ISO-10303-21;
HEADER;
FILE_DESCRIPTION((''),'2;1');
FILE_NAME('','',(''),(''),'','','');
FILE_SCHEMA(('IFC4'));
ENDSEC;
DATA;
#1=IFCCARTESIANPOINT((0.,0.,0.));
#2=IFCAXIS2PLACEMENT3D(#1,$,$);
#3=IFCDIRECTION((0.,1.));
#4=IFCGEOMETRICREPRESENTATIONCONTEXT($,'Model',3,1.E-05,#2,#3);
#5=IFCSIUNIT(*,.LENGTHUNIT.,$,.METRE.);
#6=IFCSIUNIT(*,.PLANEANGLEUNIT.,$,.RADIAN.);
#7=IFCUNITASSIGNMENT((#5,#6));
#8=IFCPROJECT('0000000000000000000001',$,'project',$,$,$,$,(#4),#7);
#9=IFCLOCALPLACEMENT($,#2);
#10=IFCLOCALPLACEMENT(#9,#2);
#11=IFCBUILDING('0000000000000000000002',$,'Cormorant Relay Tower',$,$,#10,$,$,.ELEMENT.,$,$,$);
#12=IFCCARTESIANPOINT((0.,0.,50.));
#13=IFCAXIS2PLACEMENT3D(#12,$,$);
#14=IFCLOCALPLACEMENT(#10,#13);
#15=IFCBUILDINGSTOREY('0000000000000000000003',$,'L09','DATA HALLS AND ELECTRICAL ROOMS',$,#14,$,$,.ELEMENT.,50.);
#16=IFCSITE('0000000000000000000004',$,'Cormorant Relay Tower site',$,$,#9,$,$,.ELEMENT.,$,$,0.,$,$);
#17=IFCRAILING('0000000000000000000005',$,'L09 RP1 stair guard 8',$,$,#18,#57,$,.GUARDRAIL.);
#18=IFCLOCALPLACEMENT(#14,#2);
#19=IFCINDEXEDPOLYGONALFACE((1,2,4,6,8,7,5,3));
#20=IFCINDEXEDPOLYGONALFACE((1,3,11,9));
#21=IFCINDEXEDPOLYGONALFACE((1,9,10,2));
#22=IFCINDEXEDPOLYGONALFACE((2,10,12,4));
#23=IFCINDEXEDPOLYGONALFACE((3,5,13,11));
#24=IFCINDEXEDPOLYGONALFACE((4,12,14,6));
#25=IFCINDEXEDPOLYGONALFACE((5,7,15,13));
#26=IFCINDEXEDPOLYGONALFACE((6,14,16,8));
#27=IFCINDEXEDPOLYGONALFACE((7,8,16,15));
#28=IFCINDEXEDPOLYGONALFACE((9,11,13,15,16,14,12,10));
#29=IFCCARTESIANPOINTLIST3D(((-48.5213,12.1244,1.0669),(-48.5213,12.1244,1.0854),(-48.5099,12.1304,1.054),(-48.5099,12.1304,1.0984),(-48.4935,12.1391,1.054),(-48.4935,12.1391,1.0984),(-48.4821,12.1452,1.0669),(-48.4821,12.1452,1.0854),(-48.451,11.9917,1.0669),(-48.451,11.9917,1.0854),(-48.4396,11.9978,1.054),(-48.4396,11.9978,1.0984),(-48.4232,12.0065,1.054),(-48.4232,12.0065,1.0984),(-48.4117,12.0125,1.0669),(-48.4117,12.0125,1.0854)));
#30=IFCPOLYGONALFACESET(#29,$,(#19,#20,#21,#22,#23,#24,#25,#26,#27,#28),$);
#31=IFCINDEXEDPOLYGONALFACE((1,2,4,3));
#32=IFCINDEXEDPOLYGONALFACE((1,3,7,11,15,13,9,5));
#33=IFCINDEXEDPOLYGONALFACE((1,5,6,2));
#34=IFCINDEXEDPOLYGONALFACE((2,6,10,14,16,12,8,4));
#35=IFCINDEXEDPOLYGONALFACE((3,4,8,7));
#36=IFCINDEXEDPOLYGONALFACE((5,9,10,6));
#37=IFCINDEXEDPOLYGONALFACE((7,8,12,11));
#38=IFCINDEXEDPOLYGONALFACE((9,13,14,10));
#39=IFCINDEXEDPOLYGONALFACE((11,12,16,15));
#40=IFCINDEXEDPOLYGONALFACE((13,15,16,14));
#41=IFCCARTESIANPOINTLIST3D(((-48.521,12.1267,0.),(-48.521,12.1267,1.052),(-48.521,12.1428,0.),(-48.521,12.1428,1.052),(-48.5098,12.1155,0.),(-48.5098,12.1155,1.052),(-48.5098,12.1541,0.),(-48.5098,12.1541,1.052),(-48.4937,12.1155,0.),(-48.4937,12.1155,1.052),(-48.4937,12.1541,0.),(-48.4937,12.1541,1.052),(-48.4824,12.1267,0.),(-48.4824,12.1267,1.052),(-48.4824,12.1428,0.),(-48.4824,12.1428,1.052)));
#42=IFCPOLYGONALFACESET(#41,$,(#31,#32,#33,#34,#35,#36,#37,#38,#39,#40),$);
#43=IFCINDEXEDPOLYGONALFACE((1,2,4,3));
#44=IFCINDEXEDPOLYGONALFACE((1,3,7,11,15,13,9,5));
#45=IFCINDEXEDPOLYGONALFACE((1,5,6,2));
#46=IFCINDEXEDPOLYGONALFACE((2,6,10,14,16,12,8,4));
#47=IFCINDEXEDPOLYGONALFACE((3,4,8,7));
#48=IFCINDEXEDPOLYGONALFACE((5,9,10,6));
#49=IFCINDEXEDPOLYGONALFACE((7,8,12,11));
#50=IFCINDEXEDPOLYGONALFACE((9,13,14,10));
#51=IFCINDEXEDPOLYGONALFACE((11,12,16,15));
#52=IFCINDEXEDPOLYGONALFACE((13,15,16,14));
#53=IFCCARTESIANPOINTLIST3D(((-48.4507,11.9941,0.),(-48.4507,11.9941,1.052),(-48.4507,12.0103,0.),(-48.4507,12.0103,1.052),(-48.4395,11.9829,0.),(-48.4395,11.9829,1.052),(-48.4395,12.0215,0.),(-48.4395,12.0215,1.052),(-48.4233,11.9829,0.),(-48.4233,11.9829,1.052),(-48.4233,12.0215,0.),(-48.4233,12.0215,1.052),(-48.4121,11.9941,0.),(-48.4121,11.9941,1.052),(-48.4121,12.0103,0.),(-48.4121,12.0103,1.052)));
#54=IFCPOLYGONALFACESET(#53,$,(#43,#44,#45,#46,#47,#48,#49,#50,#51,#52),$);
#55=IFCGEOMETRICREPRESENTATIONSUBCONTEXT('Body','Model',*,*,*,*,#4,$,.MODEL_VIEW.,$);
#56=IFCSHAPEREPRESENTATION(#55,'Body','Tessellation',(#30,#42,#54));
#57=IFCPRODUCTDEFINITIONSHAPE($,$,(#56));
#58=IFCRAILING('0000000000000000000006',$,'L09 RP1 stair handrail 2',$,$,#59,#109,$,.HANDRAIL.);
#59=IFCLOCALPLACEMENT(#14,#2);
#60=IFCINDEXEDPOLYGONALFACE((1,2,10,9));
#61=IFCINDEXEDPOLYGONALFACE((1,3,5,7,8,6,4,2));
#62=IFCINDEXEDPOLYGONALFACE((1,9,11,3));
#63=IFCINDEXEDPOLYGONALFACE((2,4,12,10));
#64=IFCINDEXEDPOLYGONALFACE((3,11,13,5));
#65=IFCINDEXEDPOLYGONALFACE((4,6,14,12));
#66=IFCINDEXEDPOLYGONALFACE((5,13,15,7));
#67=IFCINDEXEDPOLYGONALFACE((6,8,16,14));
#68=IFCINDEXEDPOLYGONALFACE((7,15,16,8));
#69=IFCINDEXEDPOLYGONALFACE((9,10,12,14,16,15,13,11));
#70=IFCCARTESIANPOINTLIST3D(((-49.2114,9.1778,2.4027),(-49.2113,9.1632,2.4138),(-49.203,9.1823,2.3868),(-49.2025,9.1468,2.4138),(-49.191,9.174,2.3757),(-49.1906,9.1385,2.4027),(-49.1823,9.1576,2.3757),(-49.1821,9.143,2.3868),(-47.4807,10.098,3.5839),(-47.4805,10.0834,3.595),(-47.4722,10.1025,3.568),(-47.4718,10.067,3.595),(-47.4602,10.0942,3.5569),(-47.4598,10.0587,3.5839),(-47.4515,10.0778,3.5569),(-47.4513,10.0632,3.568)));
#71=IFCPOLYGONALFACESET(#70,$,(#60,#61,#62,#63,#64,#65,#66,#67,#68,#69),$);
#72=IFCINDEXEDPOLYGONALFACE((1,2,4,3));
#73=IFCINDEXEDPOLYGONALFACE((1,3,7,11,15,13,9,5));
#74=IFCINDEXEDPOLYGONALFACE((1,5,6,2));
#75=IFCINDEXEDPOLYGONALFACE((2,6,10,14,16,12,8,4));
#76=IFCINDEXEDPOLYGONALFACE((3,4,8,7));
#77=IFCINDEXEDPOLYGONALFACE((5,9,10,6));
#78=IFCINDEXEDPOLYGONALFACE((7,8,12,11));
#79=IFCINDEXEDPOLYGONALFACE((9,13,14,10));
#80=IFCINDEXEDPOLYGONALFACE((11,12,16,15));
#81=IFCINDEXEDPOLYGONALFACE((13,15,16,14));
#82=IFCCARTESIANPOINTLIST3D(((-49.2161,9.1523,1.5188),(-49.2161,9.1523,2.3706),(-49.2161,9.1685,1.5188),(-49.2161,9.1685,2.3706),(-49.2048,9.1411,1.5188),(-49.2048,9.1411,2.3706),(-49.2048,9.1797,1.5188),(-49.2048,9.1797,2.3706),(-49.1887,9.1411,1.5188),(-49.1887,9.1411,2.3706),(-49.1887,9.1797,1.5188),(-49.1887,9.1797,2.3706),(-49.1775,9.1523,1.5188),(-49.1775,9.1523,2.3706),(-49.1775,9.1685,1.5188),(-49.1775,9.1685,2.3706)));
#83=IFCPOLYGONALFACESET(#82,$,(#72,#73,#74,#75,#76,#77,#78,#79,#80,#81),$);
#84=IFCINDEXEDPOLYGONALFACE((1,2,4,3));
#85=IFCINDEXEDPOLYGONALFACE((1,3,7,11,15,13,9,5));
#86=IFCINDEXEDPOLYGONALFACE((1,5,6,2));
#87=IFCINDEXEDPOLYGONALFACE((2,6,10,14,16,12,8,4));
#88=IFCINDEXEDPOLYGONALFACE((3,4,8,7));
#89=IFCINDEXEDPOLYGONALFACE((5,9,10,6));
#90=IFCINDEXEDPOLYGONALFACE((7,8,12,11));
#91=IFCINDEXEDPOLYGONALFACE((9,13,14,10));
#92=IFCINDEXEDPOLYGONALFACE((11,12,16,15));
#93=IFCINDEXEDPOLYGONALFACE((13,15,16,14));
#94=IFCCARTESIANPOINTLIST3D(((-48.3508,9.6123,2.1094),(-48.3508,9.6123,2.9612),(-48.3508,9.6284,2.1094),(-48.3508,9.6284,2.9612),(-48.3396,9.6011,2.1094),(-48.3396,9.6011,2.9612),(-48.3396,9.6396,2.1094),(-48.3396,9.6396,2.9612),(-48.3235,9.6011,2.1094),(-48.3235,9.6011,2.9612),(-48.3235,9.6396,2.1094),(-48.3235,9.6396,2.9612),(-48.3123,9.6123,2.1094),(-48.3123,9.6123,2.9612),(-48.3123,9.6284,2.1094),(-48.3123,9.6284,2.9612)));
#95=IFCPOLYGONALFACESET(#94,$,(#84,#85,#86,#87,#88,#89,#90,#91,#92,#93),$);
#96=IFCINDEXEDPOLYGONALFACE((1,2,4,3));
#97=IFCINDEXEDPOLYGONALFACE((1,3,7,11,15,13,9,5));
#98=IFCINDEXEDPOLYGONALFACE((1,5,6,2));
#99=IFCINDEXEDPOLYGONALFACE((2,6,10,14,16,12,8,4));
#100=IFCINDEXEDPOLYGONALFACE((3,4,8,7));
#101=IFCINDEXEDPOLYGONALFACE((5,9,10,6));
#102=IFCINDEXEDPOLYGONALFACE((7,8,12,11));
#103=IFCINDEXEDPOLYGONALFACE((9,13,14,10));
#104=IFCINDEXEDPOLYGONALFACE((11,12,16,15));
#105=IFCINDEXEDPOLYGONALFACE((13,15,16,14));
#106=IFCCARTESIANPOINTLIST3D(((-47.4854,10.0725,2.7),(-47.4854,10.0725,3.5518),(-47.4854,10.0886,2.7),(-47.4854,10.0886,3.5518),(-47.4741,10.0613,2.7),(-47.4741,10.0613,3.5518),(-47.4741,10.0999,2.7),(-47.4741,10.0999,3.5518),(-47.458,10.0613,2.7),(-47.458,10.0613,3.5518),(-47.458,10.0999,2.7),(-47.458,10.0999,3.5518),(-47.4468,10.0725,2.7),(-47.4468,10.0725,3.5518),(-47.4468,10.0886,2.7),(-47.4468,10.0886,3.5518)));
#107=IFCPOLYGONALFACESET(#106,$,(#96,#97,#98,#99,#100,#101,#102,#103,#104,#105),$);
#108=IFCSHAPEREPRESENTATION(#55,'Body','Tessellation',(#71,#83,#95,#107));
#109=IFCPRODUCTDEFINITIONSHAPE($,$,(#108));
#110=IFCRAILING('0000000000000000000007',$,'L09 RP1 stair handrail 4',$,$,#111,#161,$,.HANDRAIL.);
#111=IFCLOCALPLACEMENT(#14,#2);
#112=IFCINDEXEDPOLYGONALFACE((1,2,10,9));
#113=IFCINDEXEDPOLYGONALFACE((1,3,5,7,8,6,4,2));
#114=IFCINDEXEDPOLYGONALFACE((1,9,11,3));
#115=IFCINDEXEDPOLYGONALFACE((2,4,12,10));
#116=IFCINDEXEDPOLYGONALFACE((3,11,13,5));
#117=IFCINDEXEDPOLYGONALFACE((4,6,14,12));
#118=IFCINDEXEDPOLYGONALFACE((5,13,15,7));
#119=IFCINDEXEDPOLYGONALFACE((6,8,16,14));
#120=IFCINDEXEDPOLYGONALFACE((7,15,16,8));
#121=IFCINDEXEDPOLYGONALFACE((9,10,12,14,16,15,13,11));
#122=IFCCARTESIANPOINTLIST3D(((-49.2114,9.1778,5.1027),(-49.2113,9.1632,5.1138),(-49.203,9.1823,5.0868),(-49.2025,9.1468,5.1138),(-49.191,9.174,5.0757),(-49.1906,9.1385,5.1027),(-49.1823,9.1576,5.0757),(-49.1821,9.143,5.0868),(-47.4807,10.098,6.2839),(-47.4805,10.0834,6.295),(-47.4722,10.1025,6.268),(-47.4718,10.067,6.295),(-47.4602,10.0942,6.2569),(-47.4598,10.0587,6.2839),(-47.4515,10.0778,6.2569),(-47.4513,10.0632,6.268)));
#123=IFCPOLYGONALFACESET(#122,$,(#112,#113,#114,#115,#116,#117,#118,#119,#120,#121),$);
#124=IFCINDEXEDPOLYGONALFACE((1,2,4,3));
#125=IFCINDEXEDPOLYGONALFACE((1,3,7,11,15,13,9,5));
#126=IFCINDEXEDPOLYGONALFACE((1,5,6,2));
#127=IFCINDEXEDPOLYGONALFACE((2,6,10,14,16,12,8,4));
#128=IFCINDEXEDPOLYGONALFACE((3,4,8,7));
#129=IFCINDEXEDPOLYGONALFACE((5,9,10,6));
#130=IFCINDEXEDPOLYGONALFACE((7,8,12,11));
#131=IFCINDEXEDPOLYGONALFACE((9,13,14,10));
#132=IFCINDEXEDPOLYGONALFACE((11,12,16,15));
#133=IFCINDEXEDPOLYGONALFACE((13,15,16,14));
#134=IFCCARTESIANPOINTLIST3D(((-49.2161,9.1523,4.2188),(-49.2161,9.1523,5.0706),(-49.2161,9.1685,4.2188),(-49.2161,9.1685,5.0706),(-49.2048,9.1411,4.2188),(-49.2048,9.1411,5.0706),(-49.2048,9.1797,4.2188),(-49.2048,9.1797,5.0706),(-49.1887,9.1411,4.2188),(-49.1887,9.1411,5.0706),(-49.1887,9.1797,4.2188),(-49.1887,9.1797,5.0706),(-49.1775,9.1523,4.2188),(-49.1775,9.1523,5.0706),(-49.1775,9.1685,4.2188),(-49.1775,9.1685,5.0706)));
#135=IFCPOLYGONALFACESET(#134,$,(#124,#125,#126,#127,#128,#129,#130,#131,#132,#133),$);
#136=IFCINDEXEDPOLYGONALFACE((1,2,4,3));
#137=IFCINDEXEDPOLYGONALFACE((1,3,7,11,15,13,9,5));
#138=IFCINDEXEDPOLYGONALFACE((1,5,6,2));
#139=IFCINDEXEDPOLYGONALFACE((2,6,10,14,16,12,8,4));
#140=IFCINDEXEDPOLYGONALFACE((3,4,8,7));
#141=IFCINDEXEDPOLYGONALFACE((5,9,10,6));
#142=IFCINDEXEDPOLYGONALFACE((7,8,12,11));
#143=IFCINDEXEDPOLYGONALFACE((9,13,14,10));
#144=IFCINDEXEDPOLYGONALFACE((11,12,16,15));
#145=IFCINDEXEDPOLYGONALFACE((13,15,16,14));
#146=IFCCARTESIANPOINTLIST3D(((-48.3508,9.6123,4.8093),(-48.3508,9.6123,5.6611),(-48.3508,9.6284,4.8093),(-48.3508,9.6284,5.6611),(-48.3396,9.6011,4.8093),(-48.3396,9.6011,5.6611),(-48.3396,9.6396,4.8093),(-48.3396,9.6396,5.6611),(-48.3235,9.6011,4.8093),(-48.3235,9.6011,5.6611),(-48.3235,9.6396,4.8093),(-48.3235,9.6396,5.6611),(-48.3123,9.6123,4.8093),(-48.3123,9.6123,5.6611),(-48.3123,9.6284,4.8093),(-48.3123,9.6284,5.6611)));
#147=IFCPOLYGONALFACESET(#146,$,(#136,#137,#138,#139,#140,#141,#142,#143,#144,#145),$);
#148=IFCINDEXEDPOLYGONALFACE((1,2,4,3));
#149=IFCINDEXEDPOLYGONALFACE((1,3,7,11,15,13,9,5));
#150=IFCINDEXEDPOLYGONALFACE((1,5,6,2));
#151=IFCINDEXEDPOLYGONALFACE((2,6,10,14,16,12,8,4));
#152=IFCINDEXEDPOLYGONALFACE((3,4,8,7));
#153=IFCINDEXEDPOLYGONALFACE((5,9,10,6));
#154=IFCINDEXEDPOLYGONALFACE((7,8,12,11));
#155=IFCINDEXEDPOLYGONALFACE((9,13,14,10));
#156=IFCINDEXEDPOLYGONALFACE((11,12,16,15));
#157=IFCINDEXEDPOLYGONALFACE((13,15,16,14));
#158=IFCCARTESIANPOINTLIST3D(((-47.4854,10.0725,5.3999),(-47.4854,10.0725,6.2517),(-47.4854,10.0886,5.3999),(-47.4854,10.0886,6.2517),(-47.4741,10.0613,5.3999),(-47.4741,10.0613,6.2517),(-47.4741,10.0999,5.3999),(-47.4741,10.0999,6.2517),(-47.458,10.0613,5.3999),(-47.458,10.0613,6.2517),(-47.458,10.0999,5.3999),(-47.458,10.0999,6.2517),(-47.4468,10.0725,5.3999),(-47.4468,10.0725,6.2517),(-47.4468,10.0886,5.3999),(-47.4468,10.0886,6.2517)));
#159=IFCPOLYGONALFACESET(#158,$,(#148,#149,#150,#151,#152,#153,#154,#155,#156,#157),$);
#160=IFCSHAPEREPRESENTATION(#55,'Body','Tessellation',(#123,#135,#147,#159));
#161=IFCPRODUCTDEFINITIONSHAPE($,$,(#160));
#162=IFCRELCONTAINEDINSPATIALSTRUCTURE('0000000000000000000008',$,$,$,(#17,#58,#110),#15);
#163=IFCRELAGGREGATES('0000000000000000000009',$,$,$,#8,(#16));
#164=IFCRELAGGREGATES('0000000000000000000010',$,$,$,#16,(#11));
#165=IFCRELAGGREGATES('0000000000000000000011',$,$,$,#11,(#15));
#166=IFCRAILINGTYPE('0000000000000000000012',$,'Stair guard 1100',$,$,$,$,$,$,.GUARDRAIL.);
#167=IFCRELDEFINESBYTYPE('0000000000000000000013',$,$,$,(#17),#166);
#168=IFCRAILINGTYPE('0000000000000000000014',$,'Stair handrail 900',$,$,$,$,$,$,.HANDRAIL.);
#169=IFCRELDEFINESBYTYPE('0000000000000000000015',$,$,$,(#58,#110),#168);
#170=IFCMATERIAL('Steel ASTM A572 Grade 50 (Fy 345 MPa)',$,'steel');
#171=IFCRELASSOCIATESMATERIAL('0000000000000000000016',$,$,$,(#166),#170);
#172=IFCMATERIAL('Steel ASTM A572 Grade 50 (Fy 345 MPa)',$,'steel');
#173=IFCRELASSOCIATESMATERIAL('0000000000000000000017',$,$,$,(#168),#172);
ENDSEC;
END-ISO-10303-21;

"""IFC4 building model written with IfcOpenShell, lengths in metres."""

from ifc_helpers import new_model, si_unit, direction, frame, origin, place, context, subcontext, project, spatial, polyline, outline, extrude, material, type_object, element, save


model = new_model("IFC4")

# Units and contexts
model_context = context("Model", 3, precision=1e-05, world=origin(), true_north=direction((0.0, 1.0)))
body_context = subcontext(model_context, "Body", "Model", "MODEL_VIEW")
ifc_project = project(units=[si_unit("LENGTHUNIT", "METRE"), si_unit("PLANEANGLEUNIT", "RADIAN")], contexts=[model_context])

# Site, building, storey
site_placement = place(None, origin())
site = spatial("IfcSite", under=ifc_project, at=site_placement, Name="Cormorant Relay Tower site", CompositionType="ELEMENT", RefElevation=0.0)
building_placement = place(site_placement, origin())
building = spatial("IfcBuilding", under=site, at=building_placement, Name="Cormorant Relay Tower", CompositionType="ELEMENT")
storey_placement = place(building_placement, frame((0.0, 0.0, 50.0)))
storey = spatial("IfcBuildingStorey", under=building, at=storey_placement, Name="L09", Description="DATA HALLS AND ELECTRICAL ROOMS", CompositionType="ELEMENT", Elevation=50.0)

# Railings
ifc_material_1 = material(Name="Steel ASTM A572 Grade 50 (Fy 345 MPa)", Category="steel")
railing_type_1 = type_object("IfcRailingType", Name="Stair guard 1100", PredefinedType="GUARDRAIL", material=ifc_material_1)
railing_1_placement = place(storey_placement, frame((-48.5017, 12.1348, 0.0)))
element("IfcRailing", 1, at=railing_1_placement, inside=storey, type_object=railing_type_1, Name="L09 RP1 stair guard 8", PredefinedType="GUARDRAIL", context=body_context, shape_type="SweptSolid", body=[
    extrude(outline(polyline([(0.0222, 0.0093), (0.0093, 0.0222), (-0.0093, 0.0222), (-0.0222, 0.0093), (-0.0222, -0.0093), (-0.0093, -0.0222), (0.0093, -0.0222), (0.0222, -0.0093), (0.0222, 0.0093)])), frame((0.0, 0.0, 1.0762), z_axis=(0.46856, -0.883431, 0.0), x_axis=(0.883431, 0.46856, 0.0)), (0.0, 0.0, 1.0), 0.1501),
    extrude(outline(polyline([(0.0193, 0.0081), (0.0081, 0.0193), (-0.0081, 0.0193), (-0.0193, 0.0081), (-0.0193, -0.0081), (-0.0081, -0.0193), (0.0081, -0.0193), (0.0193, -0.0081), (0.0193, 0.0081)])), origin(), (0.0, 0.0, 1.0), 1.052),
    extrude(outline(polyline([(0.0193, 0.0081), (0.0081, 0.0193), (-0.0081, 0.0193), (-0.0193, 0.0081), (-0.0193, -0.0081), (-0.0081, -0.0193), (0.0081, -0.0193), (0.0193, -0.0081), (0.0193, 0.0081)])), frame((0.0703, -0.1326, 0.0)), (0.0, 0.0, 1.0), 1.052),
])
ifc_material_2 = material(Name="Steel ASTM A572 Grade 50 (Fy 345 MPa)", Category="steel")
railing_type_2 = type_object("IfcRailingType", Name="Stair handrail 900", PredefinedType="HANDRAIL", material=ifc_material_2)
for number, where, name in (
    (2, (-49.1968, 9.1604, 1.5188), "L09 RP1 stair handrail 2"),
    (3, (-49.1968, 9.1604, 4.2188), "L09 RP1 stair handrail 4"),
):
    element("IfcRailing", number, at=place(storey_placement, frame(where)), inside=storey, type_object=railing_type_2, Name=name, PredefinedType="HANDRAIL", context=body_context, shape_type="SweptSolid", body=[
        extrude(outline(polyline([(0.0222, 0.0093), (0.0093, 0.0222), (-0.0093, 0.0222), (-0.0222, 0.0093), (-0.0222, -0.0093), (-0.0093, -0.0222), (0.0093, -0.0222), (0.0222, -0.0093), (0.0222, 0.0093)])), frame((0.0, 0.0, 0.876), z_axis=(0.756268, 0.402084, 0.516127), x_axis=(-0.469444, 0.882962, 0.0)), (0.0, 0.0, 1.0), 2.2886),
        extrude(outline(polyline([(0.0193, 0.0081), (0.0081, 0.0193), (-0.0081, 0.0193), (-0.0193, 0.0081), (-0.0193, -0.0081), (-0.0081, -0.0193), (0.0081, -0.0193), (0.0193, -0.0081), (0.0193, 0.0081)])), origin(), (0.0, 0.0, 1.0), 0.8518),
        extrude(outline(polyline([(0.0193, 0.0081), (0.0081, 0.0193), (-0.0081, 0.0193), (-0.0193, 0.0081), (-0.0193, -0.0081), (-0.0081, -0.0193), (0.0081, -0.0193), (0.0193, -0.0081), (0.0193, 0.0081)])), frame((0.8652, 0.46, 0.5906)), (0.0, 0.0, 1.0), 0.8518),
        extrude(outline(polyline([(0.0193, 0.0081), (0.0081, 0.0193), (-0.0081, 0.0193), (-0.0193, 0.0081), (-0.0193, -0.0081), (-0.0081, -0.0193), (0.0081, -0.0193), (0.0193, -0.0081), (0.0193, 0.0081)])), frame((1.7307, 0.9202, 1.1812)), (0.0, 0.0, 1.0), 0.8518),
    ])

save(model, "model.ifc")
